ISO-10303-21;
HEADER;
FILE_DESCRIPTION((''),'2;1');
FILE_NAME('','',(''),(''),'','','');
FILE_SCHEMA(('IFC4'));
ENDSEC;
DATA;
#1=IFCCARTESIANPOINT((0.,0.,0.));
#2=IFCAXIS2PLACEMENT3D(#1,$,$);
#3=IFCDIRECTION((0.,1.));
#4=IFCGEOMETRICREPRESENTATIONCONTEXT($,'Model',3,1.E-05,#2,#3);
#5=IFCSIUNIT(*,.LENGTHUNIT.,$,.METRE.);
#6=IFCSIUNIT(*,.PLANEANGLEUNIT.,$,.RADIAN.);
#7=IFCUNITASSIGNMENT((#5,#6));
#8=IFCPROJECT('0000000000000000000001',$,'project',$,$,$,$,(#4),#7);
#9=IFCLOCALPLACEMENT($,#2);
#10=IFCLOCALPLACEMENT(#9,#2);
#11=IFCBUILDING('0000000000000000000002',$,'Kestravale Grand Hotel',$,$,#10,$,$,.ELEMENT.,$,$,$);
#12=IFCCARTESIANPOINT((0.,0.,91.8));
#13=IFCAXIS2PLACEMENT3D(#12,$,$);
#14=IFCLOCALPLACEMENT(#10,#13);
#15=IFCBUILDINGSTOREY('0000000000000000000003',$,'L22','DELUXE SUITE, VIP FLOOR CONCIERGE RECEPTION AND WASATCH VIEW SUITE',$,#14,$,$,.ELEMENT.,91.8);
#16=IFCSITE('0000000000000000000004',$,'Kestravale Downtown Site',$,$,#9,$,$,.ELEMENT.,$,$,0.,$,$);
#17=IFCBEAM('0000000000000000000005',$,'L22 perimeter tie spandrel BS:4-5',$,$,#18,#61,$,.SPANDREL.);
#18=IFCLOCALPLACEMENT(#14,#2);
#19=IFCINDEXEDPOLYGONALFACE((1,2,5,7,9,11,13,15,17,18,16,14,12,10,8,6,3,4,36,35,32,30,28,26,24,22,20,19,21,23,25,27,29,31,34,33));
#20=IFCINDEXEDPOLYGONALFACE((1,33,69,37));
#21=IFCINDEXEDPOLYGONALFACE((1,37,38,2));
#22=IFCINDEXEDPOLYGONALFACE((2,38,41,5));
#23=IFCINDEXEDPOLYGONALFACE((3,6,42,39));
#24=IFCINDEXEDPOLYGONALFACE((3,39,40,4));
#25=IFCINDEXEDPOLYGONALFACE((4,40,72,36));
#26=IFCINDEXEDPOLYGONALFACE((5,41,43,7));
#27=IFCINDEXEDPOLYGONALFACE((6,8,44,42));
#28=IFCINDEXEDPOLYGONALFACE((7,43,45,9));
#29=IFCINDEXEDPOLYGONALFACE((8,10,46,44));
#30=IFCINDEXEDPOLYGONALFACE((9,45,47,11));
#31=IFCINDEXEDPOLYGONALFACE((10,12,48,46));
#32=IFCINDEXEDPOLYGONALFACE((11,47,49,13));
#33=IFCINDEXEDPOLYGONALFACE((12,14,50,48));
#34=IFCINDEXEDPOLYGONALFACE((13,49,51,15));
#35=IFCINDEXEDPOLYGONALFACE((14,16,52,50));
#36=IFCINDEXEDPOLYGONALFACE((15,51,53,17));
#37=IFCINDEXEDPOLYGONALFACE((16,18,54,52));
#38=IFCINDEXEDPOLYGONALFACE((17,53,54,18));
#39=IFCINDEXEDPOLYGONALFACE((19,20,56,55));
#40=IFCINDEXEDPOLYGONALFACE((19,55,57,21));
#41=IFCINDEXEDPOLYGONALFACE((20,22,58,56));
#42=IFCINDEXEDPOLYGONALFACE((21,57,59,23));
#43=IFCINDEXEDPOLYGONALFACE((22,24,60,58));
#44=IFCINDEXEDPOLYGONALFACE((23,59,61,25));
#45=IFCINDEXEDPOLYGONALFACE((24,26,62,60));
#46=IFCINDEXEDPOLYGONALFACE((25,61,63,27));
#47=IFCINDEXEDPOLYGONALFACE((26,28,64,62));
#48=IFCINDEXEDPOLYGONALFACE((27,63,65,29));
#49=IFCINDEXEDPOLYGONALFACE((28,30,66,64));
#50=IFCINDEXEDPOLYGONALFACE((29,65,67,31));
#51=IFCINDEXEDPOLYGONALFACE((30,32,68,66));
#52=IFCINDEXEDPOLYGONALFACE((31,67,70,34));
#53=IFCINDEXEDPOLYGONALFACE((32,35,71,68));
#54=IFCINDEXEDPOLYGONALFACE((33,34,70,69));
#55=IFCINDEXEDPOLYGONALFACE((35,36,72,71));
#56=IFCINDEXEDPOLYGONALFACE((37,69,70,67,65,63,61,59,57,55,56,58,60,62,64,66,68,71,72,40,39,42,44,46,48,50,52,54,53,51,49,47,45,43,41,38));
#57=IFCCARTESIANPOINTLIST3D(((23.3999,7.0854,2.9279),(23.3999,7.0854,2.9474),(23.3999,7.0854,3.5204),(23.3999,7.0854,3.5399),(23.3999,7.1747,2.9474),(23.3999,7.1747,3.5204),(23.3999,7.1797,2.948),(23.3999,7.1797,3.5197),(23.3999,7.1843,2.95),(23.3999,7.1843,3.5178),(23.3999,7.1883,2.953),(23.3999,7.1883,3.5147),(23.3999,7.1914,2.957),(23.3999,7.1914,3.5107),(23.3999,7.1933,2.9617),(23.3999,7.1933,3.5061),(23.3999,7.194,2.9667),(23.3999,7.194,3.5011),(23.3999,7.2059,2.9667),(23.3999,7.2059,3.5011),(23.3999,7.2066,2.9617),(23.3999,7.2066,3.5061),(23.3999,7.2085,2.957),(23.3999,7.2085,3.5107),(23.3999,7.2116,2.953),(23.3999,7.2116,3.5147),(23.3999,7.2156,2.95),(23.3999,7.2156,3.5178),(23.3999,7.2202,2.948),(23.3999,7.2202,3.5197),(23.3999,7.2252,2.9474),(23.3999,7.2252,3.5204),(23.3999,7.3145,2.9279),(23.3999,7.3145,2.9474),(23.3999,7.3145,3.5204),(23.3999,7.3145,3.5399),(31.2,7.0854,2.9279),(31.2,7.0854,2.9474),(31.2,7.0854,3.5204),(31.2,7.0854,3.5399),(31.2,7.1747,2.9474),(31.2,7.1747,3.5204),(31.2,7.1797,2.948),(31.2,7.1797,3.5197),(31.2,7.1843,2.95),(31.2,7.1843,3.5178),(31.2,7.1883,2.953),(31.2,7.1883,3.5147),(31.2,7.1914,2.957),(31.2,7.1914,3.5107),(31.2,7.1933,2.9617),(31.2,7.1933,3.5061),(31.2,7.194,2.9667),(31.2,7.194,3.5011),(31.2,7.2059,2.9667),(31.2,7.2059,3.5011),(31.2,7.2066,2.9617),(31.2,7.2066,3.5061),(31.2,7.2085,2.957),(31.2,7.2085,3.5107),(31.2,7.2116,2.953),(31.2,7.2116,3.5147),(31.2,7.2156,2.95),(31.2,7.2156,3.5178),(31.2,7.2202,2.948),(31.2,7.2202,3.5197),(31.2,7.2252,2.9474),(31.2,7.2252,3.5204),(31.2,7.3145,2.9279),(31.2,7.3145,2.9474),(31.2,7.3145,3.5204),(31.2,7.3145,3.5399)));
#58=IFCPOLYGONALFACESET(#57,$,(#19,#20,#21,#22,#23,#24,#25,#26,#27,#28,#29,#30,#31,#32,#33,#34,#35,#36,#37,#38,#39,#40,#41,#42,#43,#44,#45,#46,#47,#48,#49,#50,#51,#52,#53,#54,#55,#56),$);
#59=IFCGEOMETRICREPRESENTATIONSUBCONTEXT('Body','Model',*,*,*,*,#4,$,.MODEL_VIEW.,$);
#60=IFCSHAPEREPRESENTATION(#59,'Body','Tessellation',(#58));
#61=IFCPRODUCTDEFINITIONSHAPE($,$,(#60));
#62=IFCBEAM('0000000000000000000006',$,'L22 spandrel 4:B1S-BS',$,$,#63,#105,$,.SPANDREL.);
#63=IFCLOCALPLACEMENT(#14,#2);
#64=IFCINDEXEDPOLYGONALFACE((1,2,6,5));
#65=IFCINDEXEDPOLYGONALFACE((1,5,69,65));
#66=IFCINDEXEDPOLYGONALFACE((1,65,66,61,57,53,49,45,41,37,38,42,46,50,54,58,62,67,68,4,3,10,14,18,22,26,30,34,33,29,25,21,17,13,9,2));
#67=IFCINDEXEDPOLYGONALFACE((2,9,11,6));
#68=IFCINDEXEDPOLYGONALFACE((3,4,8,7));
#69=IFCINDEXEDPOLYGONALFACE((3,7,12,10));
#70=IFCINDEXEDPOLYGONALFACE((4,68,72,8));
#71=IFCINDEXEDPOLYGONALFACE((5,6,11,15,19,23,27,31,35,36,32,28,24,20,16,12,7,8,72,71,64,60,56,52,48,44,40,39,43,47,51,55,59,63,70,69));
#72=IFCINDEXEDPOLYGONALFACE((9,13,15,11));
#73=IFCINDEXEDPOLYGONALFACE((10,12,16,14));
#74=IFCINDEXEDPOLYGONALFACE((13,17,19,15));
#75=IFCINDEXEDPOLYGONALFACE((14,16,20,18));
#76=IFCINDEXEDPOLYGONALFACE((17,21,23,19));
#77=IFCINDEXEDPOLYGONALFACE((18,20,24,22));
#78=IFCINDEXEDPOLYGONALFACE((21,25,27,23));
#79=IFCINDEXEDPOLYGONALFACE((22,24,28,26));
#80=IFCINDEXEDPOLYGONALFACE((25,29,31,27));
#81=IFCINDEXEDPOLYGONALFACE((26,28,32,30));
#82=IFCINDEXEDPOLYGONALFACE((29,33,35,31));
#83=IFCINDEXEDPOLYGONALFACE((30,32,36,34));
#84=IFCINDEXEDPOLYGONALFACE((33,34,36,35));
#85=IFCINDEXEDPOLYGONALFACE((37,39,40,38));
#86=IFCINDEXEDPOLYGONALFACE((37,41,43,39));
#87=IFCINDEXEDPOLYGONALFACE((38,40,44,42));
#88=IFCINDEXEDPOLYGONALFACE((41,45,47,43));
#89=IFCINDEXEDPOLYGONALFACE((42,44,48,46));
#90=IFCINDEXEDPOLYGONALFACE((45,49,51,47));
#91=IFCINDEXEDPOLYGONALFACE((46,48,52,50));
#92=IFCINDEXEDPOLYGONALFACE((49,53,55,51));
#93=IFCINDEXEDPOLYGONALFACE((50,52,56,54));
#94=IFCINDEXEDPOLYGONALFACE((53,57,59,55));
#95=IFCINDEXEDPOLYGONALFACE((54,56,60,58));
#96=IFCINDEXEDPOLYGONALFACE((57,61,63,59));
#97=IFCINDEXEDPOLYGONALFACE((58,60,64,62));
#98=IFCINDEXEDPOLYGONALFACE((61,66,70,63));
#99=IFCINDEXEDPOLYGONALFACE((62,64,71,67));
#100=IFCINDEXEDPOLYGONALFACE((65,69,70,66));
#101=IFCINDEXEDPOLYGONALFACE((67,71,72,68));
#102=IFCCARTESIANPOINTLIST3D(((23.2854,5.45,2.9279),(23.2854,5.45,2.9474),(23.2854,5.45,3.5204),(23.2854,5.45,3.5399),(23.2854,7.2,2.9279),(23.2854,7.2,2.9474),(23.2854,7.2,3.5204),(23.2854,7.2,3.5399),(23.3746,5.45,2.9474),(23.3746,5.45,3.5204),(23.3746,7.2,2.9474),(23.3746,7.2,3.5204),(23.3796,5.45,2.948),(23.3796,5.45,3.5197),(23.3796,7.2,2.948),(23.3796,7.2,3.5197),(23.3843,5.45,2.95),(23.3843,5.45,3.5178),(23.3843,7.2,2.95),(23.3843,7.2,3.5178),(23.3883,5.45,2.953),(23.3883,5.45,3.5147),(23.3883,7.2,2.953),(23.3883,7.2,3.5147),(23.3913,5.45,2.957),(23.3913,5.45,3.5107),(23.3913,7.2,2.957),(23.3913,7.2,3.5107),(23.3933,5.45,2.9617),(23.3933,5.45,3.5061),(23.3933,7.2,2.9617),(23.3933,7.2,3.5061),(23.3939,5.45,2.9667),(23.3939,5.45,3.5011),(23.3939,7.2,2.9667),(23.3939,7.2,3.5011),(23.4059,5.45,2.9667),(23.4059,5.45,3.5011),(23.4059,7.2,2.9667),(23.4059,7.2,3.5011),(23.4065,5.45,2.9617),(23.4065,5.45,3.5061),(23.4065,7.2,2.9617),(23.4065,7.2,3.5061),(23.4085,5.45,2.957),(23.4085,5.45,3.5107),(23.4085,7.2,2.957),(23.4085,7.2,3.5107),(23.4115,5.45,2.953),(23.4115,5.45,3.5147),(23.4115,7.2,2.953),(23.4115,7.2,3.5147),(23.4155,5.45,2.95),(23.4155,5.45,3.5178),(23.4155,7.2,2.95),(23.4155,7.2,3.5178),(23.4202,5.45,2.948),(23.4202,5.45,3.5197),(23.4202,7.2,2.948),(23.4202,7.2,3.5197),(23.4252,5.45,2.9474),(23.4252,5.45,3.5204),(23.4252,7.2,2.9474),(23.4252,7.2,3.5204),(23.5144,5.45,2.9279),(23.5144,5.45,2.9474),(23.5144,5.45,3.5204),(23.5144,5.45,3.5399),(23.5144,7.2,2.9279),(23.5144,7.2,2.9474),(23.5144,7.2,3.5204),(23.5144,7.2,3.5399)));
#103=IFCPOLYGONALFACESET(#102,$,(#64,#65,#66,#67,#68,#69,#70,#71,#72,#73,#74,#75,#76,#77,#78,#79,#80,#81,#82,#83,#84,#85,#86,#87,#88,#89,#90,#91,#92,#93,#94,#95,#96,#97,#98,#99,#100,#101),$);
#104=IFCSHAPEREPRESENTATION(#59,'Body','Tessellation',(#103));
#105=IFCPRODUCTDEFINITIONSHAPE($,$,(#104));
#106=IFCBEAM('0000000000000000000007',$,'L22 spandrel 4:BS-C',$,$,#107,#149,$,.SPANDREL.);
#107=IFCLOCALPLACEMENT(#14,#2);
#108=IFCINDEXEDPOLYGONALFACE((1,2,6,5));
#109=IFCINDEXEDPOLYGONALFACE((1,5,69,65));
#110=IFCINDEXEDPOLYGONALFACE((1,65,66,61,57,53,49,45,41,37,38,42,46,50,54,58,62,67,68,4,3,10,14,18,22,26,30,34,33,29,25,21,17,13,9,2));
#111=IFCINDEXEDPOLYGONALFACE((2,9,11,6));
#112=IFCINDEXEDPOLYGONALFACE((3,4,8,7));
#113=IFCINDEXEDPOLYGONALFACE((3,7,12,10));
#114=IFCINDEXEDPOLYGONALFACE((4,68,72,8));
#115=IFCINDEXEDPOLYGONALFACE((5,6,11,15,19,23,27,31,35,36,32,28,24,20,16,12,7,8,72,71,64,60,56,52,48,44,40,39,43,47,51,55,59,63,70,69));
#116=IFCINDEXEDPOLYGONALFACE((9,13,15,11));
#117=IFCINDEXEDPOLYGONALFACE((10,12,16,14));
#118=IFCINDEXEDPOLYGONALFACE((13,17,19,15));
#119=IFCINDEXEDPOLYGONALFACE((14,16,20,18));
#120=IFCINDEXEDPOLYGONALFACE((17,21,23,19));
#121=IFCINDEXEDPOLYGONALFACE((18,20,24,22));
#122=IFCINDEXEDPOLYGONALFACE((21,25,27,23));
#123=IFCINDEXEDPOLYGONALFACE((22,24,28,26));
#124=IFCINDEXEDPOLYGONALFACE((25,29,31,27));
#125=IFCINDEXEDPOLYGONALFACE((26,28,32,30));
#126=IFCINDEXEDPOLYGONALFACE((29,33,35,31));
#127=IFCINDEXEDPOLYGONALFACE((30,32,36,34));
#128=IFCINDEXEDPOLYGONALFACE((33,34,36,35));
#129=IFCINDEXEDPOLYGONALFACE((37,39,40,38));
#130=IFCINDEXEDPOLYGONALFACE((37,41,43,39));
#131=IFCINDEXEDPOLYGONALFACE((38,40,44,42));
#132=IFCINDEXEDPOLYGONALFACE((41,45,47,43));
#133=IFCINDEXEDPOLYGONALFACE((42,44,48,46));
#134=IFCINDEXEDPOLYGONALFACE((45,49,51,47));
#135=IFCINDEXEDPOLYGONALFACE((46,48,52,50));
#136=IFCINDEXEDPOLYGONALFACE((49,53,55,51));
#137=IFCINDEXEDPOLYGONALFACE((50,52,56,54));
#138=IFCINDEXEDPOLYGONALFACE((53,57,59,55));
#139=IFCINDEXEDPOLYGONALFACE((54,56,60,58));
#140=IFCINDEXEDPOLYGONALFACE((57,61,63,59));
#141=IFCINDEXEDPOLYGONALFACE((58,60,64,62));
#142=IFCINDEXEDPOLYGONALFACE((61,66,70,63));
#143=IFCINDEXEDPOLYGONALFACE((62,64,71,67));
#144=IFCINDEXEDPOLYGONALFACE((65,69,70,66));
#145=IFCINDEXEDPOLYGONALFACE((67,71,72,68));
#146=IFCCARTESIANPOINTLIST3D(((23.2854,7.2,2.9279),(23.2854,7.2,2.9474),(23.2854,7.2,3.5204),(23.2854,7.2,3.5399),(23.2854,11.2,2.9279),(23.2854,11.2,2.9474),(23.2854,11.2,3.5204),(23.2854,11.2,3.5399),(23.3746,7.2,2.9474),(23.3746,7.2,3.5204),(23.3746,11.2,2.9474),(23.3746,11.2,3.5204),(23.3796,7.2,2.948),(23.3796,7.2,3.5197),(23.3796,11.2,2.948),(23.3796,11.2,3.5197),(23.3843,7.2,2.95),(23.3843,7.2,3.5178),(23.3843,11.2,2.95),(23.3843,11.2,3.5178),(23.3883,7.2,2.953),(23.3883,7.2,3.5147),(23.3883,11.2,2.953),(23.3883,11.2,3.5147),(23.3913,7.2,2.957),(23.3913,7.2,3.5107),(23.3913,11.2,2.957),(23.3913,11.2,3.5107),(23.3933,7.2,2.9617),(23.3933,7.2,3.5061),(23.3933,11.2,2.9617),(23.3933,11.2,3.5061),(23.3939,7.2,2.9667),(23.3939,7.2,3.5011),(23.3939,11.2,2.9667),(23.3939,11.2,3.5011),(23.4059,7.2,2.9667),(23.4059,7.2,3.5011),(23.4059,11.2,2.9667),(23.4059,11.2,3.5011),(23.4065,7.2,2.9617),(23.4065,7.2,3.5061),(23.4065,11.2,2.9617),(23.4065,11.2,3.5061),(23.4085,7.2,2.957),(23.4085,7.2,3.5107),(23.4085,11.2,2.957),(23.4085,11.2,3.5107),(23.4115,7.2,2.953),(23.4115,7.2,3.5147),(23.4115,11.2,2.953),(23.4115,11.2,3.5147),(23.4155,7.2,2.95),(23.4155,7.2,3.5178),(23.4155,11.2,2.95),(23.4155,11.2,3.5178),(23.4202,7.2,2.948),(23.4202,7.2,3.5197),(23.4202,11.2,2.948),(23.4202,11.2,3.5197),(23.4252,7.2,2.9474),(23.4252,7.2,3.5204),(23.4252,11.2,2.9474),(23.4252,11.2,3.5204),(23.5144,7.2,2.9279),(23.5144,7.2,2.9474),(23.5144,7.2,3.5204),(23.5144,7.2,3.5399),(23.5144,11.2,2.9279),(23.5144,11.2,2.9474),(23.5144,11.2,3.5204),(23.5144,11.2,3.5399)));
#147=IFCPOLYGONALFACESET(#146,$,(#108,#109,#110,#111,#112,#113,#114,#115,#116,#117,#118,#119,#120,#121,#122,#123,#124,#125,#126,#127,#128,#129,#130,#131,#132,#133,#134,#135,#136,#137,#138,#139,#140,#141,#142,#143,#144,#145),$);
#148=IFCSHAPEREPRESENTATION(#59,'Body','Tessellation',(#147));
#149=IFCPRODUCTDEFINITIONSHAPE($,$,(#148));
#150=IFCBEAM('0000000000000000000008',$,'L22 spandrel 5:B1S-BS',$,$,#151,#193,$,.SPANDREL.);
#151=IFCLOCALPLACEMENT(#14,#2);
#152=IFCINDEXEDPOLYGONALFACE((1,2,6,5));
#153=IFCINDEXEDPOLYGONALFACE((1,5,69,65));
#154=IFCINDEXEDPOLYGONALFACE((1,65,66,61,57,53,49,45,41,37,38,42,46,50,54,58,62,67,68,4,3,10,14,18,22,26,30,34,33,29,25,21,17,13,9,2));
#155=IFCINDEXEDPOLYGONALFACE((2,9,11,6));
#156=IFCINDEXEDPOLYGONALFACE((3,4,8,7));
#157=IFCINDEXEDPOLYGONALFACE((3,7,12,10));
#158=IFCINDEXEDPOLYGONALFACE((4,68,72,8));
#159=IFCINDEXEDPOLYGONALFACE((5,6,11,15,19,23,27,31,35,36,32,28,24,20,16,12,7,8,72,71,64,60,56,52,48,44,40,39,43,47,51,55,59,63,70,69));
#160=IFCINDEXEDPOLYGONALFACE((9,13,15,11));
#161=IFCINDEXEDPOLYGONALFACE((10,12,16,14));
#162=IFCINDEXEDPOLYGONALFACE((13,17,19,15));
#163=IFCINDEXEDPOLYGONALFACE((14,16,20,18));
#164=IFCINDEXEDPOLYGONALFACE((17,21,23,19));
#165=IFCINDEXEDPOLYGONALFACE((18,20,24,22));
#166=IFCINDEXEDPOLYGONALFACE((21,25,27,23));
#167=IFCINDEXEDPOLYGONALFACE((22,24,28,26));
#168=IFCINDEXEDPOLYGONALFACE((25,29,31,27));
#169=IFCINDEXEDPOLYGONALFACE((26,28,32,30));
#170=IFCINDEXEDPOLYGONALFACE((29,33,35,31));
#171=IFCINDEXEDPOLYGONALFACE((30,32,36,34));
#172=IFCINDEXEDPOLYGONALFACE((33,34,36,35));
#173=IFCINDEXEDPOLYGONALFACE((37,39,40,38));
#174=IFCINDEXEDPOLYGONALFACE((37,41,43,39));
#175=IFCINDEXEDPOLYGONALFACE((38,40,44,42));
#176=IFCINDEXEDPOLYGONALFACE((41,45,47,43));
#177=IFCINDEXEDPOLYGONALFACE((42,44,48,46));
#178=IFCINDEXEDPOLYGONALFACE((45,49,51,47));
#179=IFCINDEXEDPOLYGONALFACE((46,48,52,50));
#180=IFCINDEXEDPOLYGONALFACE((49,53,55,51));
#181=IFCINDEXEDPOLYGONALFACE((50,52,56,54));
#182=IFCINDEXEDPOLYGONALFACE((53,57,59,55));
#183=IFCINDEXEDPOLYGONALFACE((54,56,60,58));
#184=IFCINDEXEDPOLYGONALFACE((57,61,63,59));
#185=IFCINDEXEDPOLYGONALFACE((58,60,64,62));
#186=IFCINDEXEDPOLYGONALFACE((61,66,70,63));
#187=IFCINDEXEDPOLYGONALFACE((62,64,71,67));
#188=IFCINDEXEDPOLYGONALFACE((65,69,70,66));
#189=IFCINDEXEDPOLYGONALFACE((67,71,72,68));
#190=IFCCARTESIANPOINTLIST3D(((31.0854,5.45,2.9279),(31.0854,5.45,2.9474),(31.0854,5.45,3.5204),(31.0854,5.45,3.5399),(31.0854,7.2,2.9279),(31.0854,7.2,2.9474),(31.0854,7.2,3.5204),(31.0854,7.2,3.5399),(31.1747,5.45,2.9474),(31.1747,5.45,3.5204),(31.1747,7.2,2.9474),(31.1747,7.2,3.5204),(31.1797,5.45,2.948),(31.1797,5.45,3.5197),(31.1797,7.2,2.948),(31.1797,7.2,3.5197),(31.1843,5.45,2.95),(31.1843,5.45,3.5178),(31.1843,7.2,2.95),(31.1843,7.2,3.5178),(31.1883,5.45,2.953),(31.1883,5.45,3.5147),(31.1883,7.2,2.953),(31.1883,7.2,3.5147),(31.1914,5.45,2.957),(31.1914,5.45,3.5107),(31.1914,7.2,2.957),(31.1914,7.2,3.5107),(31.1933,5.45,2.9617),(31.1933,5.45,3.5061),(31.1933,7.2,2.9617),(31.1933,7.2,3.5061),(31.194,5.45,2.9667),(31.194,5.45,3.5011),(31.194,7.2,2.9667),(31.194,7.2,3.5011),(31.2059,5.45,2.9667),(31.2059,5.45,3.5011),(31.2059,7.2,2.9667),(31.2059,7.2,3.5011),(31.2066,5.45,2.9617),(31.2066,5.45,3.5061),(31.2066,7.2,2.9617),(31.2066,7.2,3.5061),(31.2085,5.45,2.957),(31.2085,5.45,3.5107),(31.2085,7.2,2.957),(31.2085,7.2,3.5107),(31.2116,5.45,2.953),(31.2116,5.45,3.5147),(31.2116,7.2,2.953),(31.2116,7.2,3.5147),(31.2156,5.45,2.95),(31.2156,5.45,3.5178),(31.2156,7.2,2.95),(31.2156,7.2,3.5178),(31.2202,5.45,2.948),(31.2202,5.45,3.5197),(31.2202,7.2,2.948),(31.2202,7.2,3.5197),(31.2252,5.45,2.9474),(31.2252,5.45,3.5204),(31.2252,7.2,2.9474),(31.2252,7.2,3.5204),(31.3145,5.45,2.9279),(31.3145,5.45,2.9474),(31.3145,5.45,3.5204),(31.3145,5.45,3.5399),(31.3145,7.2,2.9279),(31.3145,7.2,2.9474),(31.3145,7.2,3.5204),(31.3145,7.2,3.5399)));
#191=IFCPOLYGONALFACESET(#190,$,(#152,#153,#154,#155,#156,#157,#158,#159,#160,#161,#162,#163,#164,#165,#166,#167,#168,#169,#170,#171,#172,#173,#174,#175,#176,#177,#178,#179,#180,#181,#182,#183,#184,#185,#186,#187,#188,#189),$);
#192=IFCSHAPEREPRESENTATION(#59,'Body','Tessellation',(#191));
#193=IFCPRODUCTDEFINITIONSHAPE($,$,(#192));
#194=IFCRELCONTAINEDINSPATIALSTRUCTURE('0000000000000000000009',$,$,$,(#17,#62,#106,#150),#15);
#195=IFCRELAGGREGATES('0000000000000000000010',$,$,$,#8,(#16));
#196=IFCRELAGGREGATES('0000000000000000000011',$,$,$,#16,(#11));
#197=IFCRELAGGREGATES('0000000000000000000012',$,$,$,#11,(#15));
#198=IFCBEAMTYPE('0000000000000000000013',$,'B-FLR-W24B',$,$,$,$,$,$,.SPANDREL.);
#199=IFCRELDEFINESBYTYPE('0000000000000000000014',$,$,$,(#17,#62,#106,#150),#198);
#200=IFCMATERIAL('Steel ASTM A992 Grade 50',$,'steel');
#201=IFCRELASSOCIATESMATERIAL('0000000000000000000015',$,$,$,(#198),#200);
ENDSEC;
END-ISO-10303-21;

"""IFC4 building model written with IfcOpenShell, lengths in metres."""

from ifc_helpers import new_model, si_unit, direction, frame, origin, origin_2d, place, context, subcontext, project, spatial, i_section, extrude, material, material_profile, profile_set, type_object, element, save


model = new_model("IFC4")

# Units and contexts
model_context = context("Model", 3, precision=1e-05, world=origin(), true_north=direction((0.0, 1.0)))
body_context = subcontext(model_context, "Body", "Model", "MODEL_VIEW")
ifc_project = project(units=[si_unit("LENGTHUNIT", "METRE"), si_unit("PLANEANGLEUNIT", "RADIAN")], contexts=[model_context])

# Site, building, storey
site_placement = place(None, origin())
site = spatial("IfcSite", under=ifc_project, at=site_placement, Name="Kestravale Downtown Site", CompositionType="ELEMENT", RefElevation=0.0)
building_placement = place(site_placement, origin())
building = spatial("IfcBuilding", under=site, at=building_placement, Name="Kestravale Grand Hotel", CompositionType="ELEMENT")
storey_placement = place(building_placement, frame((0.0, 0.0, 91.8)))
storey = spatial("IfcBuildingStorey", under=building, at=storey_placement, Name="L22", Description="DELUXE SUITE, VIP FLOOR CONCIERGE RECEPTION AND WASATCH VIEW SUITE", CompositionType="ELEMENT", Elevation=91.8)

# Beams
ifc_material_1 = material(Name="Steel ASTM A992 Grade 50", Category="steel")
ifc_material_profile_1 = material_profile(ifc_material_1, i_section(OverallWidth=0.229, OverallDepth=0.6121, WebThickness=0.012, FlangeThickness=0.0195, FilletRadius=0.0193, at=origin_2d()))
ifc_profile_set_1 = profile_set([ifc_material_profile_1], Name="Steel ASTM A992 Grade 50")
beam_type_1 = type_object("IfcBeamType", Name="B-FLR-W24B", PredefinedType="SPANDREL", material=ifc_profile_set_1)
for number, where, z_axis, x_axis, name in (
    (1, (23.3999, 7.2, 3.2339), (1.0, 0.0, 0.0), (0.0, 1.0, 0.0), "L22 perimeter tie spandrel BS:4-5"),
):
    element("IfcBeam", number, at=place(storey_placement, frame(where, z_axis=z_axis, x_axis=x_axis)), inside=storey, type_object=beam_type_1, Name=name, PredefinedType="SPANDREL", context=body_context, shape_type="SweptSolid", body=[
        extrude(i_section(OverallWidth=0.229, OverallDepth=0.6121, WebThickness=0.012, FlangeThickness=0.0195, FilletRadius=0.0193, at=origin_2d()), origin(), (0.0, 0.0, 1.0), 7.8),
    ])
beam_1_placement = place(storey_placement, frame((23.3999, 5.45, 3.2339), z_axis=(0.0, 1.0, 0.0), x_axis=(-1.0, 0.0, 0.0)))
element("IfcBeam", 2, at=beam_1_placement, inside=storey, type_object=beam_type_1, Name="L22 spandrel 4:B1S-BS", PredefinedType="SPANDREL", context=body_context, shape_type="SweptSolid", body=[
    extrude(i_section(OverallWidth=0.229, OverallDepth=0.6121, WebThickness=0.012, FlangeThickness=0.0195, FilletRadius=0.0193, at=origin_2d()), origin(), (0.0, 0.0, 1.0), 1.75),
])
beam_2_placement = place(storey_placement, frame((23.3999, 7.2, 3.2339), z_axis=(0.0, 1.0, 0.0), x_axis=(-1.0, 0.0, 0.0)))
element("IfcBeam", 3, at=beam_2_placement, inside=storey, type_object=beam_type_1, Name="L22 spandrel 4:BS-C", PredefinedType="SPANDREL", context=body_context, shape_type="SweptSolid", body=[
    extrude(i_section(OverallWidth=0.229, OverallDepth=0.6121, WebThickness=0.012, FlangeThickness=0.0195, FilletRadius=0.0193, at=origin_2d()), origin(), (0.0, 0.0, 1.0), 4.0),
])
beam_3_placement = place(storey_placement, frame((31.2, 5.45, 3.2339), z_axis=(0.0, 1.0, 0.0), x_axis=(-1.0, 0.0, 0.0)))
element("IfcBeam", 4, at=beam_3_placement, inside=storey, type_object=beam_type_1, Name="L22 spandrel 5:B1S-BS", PredefinedType="SPANDREL", context=body_context, shape_type="SweptSolid", body=[
    extrude(i_section(OverallWidth=0.229, OverallDepth=0.6121, WebThickness=0.012, FlangeThickness=0.0195, FilletRadius=0.0193, at=origin_2d()), origin(), (0.0, 0.0, 1.0), 1.75),
])

save(model, "model.ifc")
